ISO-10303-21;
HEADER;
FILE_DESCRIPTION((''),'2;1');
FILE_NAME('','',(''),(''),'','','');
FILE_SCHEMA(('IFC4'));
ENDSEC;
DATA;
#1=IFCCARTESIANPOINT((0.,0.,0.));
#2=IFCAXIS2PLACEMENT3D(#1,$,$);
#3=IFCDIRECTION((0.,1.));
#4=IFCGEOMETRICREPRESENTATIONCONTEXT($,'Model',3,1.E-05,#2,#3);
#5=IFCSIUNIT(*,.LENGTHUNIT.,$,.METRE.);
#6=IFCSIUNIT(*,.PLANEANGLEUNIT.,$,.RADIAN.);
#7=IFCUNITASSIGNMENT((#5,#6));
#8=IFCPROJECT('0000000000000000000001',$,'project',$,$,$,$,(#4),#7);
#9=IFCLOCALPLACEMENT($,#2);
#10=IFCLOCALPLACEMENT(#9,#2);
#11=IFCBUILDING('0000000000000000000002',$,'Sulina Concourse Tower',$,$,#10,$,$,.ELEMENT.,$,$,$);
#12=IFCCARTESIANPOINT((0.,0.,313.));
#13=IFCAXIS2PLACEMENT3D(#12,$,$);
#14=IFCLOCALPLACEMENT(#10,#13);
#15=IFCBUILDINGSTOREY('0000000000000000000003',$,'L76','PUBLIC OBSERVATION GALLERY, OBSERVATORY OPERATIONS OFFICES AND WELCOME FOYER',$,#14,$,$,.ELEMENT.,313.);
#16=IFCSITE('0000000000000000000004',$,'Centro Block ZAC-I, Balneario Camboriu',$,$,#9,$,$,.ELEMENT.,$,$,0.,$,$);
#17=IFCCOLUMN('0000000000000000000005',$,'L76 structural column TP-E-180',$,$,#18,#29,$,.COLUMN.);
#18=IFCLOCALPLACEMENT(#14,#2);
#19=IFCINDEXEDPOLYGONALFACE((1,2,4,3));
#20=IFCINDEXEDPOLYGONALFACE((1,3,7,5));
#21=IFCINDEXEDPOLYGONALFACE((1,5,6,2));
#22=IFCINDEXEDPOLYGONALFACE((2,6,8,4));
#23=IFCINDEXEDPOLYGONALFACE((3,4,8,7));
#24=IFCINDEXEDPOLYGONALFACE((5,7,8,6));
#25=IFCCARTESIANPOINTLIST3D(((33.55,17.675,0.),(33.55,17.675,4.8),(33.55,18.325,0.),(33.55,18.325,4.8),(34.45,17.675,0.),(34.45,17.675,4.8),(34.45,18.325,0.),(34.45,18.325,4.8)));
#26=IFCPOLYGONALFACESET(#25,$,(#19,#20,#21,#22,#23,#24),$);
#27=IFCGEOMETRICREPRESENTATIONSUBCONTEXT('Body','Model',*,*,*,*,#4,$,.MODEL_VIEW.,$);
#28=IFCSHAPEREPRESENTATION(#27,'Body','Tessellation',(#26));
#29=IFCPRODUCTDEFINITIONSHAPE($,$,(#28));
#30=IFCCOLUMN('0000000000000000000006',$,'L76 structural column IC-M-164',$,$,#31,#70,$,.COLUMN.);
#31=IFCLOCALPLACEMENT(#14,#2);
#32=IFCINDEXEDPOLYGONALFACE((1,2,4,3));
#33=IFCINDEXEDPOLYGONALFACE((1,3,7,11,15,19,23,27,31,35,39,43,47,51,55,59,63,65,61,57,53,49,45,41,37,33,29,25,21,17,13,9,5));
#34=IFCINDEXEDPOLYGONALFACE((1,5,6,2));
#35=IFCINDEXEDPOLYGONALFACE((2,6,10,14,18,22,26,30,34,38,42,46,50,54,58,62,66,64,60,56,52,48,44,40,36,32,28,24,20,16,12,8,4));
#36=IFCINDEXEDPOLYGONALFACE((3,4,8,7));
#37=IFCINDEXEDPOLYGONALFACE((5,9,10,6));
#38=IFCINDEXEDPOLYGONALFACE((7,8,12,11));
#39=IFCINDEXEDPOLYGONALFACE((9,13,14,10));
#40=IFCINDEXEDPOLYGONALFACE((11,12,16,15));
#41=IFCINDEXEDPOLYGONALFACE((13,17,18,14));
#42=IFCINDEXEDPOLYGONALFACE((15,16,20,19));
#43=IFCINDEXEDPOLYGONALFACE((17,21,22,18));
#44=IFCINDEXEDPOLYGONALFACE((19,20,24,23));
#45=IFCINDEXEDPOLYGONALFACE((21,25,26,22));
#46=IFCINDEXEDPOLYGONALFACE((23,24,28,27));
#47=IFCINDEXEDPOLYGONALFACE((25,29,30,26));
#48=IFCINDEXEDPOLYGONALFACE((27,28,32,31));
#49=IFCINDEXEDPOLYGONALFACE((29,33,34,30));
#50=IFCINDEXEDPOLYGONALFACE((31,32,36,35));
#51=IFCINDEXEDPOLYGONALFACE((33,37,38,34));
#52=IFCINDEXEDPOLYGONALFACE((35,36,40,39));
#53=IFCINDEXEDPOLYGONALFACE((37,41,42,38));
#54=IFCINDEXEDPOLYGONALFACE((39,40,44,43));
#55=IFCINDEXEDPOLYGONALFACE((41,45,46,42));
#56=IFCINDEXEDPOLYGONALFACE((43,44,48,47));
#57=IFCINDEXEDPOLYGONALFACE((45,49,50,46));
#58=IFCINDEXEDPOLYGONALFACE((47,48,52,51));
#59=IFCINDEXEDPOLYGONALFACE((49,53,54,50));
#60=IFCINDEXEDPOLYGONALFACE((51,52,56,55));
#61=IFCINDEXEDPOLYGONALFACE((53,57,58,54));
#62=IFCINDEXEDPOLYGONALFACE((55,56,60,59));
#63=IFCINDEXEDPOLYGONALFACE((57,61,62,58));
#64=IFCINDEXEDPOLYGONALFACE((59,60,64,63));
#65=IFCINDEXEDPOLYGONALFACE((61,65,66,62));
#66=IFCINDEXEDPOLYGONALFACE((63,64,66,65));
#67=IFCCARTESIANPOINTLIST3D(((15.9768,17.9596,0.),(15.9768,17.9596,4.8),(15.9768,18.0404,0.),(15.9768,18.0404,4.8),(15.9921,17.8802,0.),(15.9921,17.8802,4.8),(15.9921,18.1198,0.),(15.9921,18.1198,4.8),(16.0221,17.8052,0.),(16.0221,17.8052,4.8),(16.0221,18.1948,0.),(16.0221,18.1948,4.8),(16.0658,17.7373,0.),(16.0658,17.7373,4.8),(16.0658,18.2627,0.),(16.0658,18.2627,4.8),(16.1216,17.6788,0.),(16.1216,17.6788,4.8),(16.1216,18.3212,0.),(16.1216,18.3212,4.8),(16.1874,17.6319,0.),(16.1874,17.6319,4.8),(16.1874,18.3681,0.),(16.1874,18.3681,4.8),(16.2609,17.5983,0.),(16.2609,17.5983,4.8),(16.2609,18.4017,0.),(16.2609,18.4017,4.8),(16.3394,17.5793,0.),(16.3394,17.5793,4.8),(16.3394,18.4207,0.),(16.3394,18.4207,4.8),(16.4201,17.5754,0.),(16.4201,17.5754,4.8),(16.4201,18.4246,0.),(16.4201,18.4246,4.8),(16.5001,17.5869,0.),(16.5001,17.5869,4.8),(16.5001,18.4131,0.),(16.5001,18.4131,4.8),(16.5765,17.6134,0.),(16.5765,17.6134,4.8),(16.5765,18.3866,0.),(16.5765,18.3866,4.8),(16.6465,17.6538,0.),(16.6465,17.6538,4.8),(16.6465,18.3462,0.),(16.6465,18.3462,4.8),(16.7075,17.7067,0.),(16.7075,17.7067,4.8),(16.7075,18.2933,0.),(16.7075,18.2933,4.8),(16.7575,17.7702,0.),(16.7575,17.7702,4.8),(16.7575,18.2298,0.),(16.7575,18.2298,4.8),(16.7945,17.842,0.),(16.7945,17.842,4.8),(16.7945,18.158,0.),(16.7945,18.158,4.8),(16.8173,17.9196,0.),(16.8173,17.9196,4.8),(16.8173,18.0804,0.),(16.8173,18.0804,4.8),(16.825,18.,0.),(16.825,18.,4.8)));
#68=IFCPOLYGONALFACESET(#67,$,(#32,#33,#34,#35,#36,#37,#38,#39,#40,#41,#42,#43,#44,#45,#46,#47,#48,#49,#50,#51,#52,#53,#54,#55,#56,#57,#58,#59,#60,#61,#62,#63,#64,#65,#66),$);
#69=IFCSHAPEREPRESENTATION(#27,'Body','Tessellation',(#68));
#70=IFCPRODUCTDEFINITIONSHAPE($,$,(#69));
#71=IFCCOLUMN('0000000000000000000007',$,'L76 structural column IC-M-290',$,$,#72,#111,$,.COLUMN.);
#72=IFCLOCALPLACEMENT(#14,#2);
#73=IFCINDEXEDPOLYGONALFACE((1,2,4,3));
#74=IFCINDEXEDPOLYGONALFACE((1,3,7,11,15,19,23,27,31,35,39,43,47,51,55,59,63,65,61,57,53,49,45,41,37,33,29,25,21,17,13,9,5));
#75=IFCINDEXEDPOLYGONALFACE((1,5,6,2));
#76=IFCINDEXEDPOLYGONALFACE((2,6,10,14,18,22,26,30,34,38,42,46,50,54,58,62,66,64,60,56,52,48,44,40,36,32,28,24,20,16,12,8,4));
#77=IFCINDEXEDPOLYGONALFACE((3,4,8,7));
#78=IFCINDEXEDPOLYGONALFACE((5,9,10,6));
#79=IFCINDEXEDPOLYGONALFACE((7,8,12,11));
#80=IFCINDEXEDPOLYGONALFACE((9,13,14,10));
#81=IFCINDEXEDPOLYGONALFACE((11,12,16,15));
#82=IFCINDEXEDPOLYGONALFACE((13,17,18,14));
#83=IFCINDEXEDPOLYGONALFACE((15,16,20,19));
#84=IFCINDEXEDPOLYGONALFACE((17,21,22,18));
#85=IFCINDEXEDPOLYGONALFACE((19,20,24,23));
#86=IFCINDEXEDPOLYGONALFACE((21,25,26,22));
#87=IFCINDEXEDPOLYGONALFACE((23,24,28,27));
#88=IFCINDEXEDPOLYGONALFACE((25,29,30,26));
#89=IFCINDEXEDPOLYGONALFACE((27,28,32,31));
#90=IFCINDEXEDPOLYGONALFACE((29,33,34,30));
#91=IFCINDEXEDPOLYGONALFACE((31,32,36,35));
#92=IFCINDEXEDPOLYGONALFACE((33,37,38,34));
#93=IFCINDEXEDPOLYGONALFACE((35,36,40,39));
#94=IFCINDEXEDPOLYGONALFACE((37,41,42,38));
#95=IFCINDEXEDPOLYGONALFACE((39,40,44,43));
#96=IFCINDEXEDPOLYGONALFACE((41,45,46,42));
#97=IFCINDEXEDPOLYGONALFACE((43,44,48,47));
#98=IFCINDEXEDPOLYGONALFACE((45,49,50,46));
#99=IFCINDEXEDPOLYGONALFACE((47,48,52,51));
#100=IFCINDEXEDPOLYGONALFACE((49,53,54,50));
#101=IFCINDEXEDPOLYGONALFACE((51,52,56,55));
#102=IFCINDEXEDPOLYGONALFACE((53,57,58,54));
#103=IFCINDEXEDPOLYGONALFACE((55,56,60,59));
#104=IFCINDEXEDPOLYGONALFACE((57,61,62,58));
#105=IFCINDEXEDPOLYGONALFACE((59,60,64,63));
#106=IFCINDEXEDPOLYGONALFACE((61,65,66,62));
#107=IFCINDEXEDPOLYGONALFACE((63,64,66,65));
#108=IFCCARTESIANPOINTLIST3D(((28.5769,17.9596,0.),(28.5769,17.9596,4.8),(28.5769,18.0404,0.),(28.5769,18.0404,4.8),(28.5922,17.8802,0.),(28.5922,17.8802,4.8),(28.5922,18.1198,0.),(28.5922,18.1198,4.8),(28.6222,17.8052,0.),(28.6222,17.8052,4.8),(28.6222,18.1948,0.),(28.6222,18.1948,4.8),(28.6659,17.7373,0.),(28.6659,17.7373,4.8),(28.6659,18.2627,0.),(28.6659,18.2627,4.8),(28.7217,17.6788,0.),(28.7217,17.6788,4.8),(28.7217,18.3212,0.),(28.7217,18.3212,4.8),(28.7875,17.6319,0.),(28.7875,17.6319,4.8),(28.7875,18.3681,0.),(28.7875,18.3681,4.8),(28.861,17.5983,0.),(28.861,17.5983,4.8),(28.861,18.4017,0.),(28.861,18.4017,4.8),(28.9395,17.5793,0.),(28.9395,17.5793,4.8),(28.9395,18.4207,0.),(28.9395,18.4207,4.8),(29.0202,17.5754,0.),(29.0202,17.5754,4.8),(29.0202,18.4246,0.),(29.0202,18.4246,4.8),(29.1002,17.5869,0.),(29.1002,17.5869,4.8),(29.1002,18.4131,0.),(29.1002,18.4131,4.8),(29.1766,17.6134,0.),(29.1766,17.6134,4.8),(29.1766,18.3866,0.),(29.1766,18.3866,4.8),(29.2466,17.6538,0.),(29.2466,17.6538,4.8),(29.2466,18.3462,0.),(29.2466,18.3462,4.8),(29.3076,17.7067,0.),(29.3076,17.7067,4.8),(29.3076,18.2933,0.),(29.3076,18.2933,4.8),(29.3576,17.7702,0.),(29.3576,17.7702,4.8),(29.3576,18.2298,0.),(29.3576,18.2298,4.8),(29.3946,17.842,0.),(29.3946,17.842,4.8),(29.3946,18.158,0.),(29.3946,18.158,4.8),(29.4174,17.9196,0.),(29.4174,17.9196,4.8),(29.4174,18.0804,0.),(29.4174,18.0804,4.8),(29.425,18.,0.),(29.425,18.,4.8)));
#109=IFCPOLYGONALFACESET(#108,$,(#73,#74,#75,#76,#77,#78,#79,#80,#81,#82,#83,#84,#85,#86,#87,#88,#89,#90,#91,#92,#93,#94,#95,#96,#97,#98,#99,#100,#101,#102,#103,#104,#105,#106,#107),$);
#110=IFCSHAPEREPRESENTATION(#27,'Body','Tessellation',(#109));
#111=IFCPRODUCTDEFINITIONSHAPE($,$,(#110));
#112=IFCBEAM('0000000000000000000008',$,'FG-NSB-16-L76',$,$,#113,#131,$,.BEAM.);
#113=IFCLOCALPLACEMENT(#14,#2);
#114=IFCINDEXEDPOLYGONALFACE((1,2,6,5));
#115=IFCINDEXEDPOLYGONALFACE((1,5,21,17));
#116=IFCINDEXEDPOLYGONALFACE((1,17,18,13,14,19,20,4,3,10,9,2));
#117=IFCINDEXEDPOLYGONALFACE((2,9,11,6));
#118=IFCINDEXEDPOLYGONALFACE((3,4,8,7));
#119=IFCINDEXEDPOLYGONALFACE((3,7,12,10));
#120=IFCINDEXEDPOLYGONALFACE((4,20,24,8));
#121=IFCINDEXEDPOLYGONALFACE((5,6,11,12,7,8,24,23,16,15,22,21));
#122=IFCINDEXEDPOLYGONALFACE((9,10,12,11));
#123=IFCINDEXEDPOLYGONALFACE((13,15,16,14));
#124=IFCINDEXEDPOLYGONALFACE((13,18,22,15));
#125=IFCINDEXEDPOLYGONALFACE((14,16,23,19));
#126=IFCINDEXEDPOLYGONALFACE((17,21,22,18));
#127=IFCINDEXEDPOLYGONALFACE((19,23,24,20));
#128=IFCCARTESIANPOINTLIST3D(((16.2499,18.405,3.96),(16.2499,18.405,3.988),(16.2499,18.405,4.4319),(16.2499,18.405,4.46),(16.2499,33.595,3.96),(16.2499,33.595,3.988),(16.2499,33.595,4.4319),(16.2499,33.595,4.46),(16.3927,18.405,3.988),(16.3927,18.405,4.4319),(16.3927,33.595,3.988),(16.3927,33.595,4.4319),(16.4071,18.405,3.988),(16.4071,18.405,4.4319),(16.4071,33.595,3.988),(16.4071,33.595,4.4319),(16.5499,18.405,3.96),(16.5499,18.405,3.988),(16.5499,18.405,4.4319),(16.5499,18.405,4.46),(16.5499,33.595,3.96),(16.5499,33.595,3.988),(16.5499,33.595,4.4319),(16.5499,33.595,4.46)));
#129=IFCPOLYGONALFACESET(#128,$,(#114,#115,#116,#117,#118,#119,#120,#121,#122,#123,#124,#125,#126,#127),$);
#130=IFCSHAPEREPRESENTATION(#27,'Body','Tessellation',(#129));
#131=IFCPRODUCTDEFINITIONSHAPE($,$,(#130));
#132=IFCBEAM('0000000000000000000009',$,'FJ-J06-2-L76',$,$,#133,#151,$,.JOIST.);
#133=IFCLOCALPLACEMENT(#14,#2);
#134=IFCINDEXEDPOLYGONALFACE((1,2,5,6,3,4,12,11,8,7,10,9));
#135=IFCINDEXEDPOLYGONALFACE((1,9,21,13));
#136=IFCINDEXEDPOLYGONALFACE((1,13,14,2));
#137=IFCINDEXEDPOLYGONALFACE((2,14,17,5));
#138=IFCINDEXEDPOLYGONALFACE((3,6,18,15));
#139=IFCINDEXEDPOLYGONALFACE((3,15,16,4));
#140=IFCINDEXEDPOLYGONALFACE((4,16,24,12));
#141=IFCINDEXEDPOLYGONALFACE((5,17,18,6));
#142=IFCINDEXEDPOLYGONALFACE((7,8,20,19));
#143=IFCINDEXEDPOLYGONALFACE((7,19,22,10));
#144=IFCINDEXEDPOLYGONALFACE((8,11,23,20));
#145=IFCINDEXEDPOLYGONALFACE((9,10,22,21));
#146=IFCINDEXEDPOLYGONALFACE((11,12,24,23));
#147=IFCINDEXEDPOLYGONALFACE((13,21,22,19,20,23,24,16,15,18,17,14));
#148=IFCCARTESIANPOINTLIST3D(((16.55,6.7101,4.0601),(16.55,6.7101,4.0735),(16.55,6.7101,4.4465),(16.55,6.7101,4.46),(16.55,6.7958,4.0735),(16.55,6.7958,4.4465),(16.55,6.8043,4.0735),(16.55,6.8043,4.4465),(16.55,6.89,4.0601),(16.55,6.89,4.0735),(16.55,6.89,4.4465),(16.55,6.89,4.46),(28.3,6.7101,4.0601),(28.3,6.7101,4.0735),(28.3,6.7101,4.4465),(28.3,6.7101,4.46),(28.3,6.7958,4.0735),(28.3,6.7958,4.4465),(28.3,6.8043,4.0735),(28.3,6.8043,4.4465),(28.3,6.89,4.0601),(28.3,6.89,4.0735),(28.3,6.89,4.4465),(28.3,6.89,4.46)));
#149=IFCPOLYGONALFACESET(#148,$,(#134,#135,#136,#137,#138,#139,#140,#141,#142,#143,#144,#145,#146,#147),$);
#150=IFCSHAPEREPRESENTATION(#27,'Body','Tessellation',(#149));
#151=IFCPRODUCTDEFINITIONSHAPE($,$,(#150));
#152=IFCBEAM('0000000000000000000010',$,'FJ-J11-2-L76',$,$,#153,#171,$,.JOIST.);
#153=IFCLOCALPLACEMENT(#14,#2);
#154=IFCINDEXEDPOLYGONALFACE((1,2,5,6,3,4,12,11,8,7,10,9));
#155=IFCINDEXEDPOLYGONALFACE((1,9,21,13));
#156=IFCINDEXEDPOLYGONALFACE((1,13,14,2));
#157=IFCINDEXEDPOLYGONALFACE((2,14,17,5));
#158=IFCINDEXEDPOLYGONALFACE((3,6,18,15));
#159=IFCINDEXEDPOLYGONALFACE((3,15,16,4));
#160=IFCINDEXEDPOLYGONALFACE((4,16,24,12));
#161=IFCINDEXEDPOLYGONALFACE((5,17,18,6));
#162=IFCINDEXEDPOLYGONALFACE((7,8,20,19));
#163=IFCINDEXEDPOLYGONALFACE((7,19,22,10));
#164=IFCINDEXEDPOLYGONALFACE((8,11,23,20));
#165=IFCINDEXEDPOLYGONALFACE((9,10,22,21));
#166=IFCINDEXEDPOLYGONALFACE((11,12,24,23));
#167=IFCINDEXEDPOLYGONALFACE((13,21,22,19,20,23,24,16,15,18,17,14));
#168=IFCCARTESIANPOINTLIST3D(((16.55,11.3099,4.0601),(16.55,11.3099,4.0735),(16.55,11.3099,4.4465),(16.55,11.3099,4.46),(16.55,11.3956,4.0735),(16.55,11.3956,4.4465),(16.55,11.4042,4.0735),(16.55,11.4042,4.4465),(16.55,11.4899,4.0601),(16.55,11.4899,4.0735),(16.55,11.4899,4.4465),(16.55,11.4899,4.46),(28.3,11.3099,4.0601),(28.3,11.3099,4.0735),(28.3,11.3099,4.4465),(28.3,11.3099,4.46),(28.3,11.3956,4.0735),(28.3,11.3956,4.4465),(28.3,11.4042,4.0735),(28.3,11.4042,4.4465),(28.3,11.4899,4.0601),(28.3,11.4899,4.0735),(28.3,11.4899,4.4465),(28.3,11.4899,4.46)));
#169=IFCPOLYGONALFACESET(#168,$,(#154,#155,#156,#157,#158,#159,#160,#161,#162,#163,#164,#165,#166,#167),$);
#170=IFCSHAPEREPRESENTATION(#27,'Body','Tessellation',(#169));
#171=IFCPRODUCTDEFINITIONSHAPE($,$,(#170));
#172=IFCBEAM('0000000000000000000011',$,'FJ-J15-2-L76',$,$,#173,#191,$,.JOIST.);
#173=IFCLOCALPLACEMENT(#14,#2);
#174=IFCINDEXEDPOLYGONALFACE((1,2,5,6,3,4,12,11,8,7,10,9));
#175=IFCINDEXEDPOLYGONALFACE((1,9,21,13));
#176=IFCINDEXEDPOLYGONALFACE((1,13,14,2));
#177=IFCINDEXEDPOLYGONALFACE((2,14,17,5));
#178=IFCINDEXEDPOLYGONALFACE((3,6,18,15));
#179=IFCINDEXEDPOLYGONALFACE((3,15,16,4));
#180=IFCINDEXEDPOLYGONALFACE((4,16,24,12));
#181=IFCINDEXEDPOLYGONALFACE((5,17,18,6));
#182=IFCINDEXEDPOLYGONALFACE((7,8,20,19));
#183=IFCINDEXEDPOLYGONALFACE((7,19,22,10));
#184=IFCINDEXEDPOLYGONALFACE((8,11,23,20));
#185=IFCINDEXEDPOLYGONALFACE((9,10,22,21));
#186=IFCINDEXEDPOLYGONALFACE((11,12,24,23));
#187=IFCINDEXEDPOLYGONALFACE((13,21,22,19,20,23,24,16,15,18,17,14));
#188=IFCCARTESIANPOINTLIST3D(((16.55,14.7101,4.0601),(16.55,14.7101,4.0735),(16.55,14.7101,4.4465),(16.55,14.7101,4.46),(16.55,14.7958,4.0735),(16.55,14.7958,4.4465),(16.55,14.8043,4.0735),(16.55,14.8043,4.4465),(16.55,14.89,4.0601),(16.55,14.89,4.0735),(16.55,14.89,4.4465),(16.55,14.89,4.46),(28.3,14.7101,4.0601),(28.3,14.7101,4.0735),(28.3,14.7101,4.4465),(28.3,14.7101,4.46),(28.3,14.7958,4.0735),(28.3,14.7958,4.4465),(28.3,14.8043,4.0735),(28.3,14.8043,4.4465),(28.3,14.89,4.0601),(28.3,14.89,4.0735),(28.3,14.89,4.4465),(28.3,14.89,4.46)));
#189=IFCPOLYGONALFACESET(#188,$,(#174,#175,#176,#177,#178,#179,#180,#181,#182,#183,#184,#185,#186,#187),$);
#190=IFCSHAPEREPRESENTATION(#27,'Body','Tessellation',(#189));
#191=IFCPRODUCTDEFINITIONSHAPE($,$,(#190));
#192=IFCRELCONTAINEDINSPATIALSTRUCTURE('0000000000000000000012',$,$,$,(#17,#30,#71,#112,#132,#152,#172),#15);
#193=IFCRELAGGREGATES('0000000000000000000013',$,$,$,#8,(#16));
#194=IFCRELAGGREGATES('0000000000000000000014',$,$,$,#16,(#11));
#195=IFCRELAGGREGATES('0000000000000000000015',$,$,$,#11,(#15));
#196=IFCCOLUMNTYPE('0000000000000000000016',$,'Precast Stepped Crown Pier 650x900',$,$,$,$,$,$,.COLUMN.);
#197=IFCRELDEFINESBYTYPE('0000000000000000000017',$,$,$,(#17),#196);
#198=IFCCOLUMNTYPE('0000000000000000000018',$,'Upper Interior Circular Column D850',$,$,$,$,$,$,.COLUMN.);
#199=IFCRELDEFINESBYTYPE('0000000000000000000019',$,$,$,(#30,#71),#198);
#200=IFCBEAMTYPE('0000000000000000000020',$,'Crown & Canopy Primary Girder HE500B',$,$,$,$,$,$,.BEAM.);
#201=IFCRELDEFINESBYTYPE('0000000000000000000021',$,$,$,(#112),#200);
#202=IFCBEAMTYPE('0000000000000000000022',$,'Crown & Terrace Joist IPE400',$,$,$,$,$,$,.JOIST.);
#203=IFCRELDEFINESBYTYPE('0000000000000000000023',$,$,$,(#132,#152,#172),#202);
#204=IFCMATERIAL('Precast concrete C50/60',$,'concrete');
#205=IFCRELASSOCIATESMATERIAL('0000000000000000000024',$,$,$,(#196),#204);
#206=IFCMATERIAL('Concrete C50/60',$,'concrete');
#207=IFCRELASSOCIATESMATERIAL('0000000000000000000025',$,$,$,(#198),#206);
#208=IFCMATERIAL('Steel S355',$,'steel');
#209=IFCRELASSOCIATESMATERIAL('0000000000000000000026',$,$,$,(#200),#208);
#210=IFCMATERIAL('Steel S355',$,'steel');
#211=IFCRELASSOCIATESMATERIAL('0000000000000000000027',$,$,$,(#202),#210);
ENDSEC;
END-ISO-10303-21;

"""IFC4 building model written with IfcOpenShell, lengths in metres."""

from ifc_helpers import new_model, si_unit, direction, frame, origin, origin_2d, place, context, subcontext, project, spatial, rectangle, circle, i_section, extrude, material, material_profile, profile_set, type_object, element, save


model = new_model("IFC4")

# Units and contexts
model_context = context("Model", 3, precision=1e-05, world=origin(), true_north=direction((0.0, 1.0)))
body_context = subcontext(model_context, "Body", "Model", "MODEL_VIEW")
ifc_project = project(units=[si_unit("LENGTHUNIT", "METRE"), si_unit("PLANEANGLEUNIT", "RADIAN")], contexts=[model_context])

# Site, building, storey
site_placement = place(None, origin())
site = spatial("IfcSite", under=ifc_project, at=site_placement, Name="Centro Block ZAC-I, Balneario Camboriu", CompositionType="ELEMENT", RefElevation=0.0)
building_placement = place(site_placement, origin())
building = spatial("IfcBuilding", under=site, at=building_placement, Name="Sulina Concourse Tower", CompositionType="ELEMENT")
storey_placement = place(building_placement, frame((0.0, 0.0, 313.0)))
storey = spatial("IfcBuildingStorey", under=building, at=storey_placement, Name="L76", Description="PUBLIC OBSERVATION GALLERY, OBSERVATORY OPERATIONS OFFICES AND WELCOME FOYER", CompositionType="ELEMENT", Elevation=313.0)

# Columns
ifc_material_1 = material(Name="Precast concrete C50/60", Category="concrete")
ifc_material_profile_1 = material_profile(ifc_material_1, rectangle(XDim=0.6499, YDim=0.8999, at=origin_2d()), Name="PC 650x900")
ifc_profile_set_1 = profile_set([ifc_material_profile_1], Name="Precast concrete C50/60")
column_type_1 = type_object("IfcColumnType", Name="Precast Stepped Crown Pier 650x900", PredefinedType="COLUMN", material=ifc_profile_set_1)
column_placement = place(storey_placement, frame((34.0, 18.0, 0.0), z_axis=(0.0, 0.0, 1.0), x_axis=(0.0, 1.0, 0.0)))
element("IfcColumn", 1, at=column_placement, inside=storey, type_object=column_type_1, Name="L76 structural column TP-E-180", PredefinedType="COLUMN", context=body_context, shape_type="SweptSolid", body=[
    extrude(rectangle(XDim=0.6499, YDim=0.8999, at=origin_2d()), origin(), (0.0, 0.0, 1.0), 4.8),
])
ifc_material_2 = material(Name="Concrete C50/60", Category="concrete")
ifc_material_profile_2 = material_profile(ifc_material_2, circle(Radius=0.425, at=origin_2d()), Name="RC D850")
ifc_profile_set_2 = profile_set([ifc_material_profile_2], Name="Concrete C50/60")
column_type_2 = type_object("IfcColumnType", Name="Upper Interior Circular Column D850", PredefinedType="COLUMN", material=ifc_profile_set_2)
for number, where, z_axis, x_axis, name in (
    (2, (16.3999, 18.0, 0.0), (0.0, 0.0, 1.0), (1.0, 0.0, 0.0), "L76 structural column IC-M-164"),
    (3, (29.0, 18.0, 0.0), (0.0, 0.0, 1.0), (1.0, 0.0, 0.0), "L76 structural column IC-M-290"),
):
    element("IfcColumn", number, at=place(storey_placement, frame(where, z_axis=z_axis, x_axis=x_axis)), inside=storey, type_object=column_type_2, Name=name, PredefinedType="COLUMN", context=body_context, shape_type="SweptSolid", body=[
        extrude(circle(Radius=0.425, at=origin_2d()), origin(), (0.0, 0.0, 1.0), 4.8),
    ])

# Beams
ifc_material_3 = material(Name="Steel S355", Category="steel")
ifc_material_profile_3 = material_profile(ifc_material_3, i_section(OverallWidth=0.3, OverallDepth=0.5, WebThickness=0.0144, FlangeThickness=0.0281, at=origin_2d()), Name="HE 500 B")
ifc_profile_set_3 = profile_set([ifc_material_profile_3], Name="Steel S355")
beam_type_1 = type_object("IfcBeamType", Name="Crown & Canopy Primary Girder HE500B", PredefinedType="BEAM", material=ifc_profile_set_3)
beam_1_placement = place(storey_placement, frame((16.3999, 18.405, 4.21), z_axis=(0.0, 1.0, 0.0), x_axis=(-1.0, 0.0, 0.0)))
element("IfcBeam", 4, at=beam_1_placement, inside=storey, type_object=beam_type_1, Name="FG-NSB-16-L76", PredefinedType="BEAM", context=body_context, shape_type="SweptSolid", body=[
    extrude(i_section(OverallWidth=0.3, OverallDepth=0.5, WebThickness=0.0144, FlangeThickness=0.0281, at=origin_2d()), origin(), (0.0, 0.0, 1.0), 15.1899),
])
ifc_material_4 = material(Name="Steel S355", Category="steel")
ifc_material_profile_4 = material_profile(ifc_material_4, i_section(OverallWidth=0.1799, OverallDepth=0.3999, WebThickness=0.0085, FlangeThickness=0.0134, at=origin_2d()), Name="IPE 400")
ifc_profile_set_4 = profile_set([ifc_material_profile_4], Name="Steel S355")
beam_type_2 = type_object("IfcBeamType", Name="Crown & Terrace Joist IPE400", PredefinedType="JOIST", material=ifc_profile_set_4)
for number, where, z_axis, x_axis, name in (
    (5, (16.55, 6.8, 4.26), (1.0, 0.0, 0.0), (0.0, 1.0, 0.0), "FJ-J06-2-L76"),
    (6, (16.55, 11.3999, 4.26), (1.0, 0.0, 0.0), (0.0, 1.0, 0.0), "FJ-J11-2-L76"),
    (7, (16.55, 14.8, 4.26), (1.0, 0.0, 0.0), (0.0, 1.0, 0.0), "FJ-J15-2-L76"),
):
    element("IfcBeam", number, at=place(storey_placement, frame(where, z_axis=z_axis, x_axis=x_axis)), inside=storey, type_object=beam_type_2, Name=name, PredefinedType="JOIST", context=body_context, shape_type="SweptSolid", body=[
        extrude(i_section(OverallWidth=0.1799, OverallDepth=0.3999, WebThickness=0.0085, FlangeThickness=0.0134, at=origin_2d()), origin(), (0.0, 0.0, 1.0), 11.75),
    ])

save(model, "model.ifc")
